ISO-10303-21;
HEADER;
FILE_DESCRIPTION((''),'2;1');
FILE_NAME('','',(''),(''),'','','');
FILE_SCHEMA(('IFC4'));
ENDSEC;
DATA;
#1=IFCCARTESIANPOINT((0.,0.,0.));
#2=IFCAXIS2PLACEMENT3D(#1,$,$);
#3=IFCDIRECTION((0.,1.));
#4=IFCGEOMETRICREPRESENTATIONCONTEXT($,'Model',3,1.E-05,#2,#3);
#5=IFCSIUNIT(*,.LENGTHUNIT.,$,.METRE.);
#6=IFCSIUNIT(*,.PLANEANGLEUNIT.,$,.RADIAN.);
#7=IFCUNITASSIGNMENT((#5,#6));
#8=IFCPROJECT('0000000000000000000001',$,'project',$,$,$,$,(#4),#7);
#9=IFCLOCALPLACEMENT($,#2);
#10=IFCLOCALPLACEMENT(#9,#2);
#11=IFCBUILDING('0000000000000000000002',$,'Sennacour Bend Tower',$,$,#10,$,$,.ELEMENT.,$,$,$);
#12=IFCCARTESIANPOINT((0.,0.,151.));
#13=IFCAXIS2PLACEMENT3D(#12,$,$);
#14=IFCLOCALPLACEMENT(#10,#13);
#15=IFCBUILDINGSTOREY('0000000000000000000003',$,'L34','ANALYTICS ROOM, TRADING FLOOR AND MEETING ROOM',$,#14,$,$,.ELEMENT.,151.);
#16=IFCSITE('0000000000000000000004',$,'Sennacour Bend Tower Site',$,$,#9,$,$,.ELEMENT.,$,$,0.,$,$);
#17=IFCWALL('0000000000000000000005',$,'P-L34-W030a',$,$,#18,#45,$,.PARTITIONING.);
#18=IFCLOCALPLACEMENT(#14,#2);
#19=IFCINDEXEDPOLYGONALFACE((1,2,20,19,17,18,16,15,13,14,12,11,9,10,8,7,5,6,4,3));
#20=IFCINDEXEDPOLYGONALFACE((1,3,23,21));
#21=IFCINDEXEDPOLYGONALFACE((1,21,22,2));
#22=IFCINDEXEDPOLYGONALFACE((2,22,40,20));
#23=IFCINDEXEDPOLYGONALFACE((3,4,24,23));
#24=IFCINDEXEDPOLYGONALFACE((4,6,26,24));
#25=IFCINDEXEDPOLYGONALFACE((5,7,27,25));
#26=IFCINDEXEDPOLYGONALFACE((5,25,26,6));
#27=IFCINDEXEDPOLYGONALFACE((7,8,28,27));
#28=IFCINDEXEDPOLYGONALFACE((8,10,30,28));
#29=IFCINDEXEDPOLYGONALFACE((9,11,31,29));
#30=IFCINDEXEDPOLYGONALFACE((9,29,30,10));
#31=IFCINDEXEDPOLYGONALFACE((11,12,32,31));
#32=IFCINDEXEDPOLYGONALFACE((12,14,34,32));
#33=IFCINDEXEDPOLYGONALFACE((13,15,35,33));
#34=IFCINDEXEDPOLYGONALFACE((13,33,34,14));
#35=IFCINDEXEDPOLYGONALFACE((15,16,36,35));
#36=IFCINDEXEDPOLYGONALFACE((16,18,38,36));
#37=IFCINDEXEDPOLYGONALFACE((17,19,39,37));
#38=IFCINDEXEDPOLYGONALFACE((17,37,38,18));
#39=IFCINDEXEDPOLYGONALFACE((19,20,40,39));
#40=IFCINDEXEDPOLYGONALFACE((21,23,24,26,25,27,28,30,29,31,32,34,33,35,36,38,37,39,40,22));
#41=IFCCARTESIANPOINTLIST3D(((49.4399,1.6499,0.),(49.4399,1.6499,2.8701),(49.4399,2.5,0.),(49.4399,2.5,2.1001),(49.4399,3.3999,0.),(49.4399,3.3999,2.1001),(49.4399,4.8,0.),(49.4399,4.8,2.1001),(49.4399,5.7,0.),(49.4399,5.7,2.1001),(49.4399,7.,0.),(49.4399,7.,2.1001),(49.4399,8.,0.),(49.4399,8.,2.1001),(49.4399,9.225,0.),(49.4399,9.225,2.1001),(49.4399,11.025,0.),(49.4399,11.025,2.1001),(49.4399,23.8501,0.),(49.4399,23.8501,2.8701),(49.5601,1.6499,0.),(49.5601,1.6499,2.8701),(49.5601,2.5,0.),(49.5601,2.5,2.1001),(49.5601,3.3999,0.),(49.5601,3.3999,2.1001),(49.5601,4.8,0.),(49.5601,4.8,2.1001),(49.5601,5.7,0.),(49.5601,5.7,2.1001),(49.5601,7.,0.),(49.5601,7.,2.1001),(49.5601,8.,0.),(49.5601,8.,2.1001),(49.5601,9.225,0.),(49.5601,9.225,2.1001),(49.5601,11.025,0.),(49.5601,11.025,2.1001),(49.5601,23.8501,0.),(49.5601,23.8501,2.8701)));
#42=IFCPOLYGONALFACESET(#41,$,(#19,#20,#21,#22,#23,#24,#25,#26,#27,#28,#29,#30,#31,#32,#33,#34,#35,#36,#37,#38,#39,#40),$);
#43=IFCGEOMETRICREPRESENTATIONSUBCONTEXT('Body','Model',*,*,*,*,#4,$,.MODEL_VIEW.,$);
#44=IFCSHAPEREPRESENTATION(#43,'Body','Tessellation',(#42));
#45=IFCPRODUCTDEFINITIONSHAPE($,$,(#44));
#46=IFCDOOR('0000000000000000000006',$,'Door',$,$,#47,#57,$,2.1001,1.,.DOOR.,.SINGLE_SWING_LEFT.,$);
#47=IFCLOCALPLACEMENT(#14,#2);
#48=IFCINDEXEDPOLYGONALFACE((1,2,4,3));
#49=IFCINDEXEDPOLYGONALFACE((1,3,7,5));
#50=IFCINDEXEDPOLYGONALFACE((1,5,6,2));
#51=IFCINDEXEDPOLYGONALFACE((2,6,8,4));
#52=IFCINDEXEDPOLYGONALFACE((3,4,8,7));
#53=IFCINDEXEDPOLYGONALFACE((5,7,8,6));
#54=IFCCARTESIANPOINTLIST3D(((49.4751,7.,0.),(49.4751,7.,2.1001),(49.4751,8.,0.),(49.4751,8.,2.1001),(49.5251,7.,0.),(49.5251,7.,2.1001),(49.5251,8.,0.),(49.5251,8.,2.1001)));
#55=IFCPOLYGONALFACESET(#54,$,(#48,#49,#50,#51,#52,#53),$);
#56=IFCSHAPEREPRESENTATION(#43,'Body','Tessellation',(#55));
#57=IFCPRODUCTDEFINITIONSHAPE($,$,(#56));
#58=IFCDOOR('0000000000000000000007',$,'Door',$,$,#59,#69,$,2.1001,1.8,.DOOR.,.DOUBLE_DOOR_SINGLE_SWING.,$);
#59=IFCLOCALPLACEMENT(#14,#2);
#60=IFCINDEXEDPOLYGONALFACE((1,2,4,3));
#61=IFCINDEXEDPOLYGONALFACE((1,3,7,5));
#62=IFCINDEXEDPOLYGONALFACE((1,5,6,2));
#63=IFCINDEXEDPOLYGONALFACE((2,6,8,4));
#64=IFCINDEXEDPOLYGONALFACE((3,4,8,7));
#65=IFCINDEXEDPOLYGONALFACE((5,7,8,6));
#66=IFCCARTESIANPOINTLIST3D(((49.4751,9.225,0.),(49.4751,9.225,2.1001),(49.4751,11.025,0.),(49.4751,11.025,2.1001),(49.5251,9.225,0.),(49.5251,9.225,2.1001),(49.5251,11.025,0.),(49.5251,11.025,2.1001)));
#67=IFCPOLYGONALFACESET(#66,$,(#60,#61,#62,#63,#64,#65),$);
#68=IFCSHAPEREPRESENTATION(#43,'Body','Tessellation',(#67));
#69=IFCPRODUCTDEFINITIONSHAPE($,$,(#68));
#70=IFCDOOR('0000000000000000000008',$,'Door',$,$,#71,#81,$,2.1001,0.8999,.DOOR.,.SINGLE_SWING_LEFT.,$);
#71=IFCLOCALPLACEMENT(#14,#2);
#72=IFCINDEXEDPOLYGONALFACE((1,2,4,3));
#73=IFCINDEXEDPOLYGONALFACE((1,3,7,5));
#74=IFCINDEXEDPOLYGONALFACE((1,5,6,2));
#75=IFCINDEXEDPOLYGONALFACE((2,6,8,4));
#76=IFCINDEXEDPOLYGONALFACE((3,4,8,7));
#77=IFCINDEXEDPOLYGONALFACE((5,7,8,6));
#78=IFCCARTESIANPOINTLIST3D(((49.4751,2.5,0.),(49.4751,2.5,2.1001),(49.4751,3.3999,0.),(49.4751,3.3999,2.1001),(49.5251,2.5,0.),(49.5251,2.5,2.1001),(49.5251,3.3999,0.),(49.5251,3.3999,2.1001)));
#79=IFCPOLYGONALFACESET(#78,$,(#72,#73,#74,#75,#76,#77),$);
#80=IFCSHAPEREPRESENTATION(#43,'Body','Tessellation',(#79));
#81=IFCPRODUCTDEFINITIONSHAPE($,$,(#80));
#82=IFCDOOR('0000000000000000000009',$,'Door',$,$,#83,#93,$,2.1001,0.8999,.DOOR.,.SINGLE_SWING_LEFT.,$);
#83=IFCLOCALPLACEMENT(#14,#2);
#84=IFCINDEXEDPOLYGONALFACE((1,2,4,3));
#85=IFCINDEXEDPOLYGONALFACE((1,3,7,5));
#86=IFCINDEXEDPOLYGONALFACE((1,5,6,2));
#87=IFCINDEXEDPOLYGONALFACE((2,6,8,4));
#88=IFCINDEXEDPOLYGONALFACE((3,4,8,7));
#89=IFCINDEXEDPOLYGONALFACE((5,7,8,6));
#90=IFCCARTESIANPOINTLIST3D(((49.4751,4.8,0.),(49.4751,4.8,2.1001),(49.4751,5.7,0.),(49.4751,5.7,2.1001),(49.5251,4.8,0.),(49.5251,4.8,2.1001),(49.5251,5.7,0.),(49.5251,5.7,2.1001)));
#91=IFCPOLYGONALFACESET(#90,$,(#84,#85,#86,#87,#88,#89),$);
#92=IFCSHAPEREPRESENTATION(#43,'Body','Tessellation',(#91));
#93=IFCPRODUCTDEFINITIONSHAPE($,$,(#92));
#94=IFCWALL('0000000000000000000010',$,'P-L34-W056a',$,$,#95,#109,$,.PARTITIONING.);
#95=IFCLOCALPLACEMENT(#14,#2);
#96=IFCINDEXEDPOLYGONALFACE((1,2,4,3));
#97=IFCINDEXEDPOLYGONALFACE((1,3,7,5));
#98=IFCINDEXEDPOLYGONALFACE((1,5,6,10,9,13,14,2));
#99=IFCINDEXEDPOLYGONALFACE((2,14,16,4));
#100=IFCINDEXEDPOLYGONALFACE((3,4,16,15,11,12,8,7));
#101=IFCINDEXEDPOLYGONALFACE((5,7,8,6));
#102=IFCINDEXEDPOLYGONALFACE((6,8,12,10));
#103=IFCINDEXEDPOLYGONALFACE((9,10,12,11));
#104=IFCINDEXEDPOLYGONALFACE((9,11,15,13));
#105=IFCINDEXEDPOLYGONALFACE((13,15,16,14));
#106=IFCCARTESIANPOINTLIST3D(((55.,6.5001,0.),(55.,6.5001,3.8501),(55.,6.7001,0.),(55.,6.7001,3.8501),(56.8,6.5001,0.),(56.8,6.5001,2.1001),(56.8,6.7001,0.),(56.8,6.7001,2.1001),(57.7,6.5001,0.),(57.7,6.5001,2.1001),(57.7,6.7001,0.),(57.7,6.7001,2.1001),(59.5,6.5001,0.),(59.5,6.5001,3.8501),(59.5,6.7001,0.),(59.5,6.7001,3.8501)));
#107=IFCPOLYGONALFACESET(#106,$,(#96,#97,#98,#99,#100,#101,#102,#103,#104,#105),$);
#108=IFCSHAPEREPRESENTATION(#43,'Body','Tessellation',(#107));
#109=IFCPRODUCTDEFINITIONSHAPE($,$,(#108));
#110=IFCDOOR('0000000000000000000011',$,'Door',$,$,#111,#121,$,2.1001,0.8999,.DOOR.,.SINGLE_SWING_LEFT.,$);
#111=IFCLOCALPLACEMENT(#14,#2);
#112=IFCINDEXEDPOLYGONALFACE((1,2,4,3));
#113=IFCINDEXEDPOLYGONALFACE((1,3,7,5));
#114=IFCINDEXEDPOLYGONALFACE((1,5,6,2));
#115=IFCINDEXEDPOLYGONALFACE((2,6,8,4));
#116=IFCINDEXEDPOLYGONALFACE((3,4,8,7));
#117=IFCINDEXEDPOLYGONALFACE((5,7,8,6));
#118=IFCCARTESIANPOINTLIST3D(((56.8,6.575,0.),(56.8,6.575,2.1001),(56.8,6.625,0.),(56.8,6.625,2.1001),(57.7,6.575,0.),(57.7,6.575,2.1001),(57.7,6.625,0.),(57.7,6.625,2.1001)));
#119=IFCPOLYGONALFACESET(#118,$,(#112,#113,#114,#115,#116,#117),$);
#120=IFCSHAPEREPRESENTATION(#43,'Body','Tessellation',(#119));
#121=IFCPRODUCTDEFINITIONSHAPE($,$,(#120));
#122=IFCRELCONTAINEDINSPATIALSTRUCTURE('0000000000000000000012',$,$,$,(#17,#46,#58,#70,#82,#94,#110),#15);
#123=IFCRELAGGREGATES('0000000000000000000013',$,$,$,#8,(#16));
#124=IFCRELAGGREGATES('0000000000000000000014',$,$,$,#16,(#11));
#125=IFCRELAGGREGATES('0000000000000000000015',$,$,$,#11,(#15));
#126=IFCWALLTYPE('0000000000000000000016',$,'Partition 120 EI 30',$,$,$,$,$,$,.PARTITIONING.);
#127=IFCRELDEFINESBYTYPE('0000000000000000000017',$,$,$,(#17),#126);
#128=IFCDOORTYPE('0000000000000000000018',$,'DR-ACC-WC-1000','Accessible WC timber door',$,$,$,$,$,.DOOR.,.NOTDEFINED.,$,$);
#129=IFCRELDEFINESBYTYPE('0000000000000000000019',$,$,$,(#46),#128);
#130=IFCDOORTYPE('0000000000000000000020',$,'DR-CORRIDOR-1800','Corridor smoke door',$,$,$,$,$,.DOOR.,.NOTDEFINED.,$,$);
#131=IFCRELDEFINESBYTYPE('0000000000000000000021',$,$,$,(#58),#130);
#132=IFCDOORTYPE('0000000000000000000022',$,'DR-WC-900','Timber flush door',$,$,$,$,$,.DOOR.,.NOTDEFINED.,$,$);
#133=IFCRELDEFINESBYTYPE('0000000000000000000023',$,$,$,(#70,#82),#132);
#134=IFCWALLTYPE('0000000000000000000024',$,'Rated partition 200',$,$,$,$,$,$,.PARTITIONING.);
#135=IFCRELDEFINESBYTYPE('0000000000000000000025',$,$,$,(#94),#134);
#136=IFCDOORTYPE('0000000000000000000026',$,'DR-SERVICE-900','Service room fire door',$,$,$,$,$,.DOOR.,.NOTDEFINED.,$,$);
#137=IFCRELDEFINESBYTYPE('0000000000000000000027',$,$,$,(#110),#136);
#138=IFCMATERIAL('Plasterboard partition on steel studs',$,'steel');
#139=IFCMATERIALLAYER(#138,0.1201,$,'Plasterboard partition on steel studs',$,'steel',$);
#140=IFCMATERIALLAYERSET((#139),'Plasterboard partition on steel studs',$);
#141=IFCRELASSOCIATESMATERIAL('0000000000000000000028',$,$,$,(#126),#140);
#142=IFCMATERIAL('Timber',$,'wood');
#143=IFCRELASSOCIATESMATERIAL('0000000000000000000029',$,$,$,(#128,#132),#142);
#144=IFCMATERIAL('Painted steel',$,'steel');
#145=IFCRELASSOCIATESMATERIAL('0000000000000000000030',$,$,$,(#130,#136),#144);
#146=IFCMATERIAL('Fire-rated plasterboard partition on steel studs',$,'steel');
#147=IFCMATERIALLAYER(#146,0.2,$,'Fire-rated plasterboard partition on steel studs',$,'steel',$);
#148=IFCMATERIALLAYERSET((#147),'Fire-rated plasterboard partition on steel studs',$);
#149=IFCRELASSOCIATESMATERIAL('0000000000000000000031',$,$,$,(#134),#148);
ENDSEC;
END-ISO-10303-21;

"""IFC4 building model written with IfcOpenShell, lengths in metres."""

from ifc_helpers import new_model, si_unit, direction, frame, frame_2d, origin, place, context, subcontext, project, spatial, rectangle, extrude, material, layer, layer_set, type_object, element, fill, save


model = new_model("IFC4")

# Units and contexts
model_context = context("Model", 3, precision=1e-05, world=origin(), true_north=direction((0.0, 1.0)))
body_context = subcontext(model_context, "Body", "Model", "MODEL_VIEW")
ifc_project = project(units=[si_unit("LENGTHUNIT", "METRE"), si_unit("PLANEANGLEUNIT", "RADIAN")], contexts=[model_context])

# Site, building, storey
site_placement = place(None, origin())
site = spatial("IfcSite", under=ifc_project, at=site_placement, Name="Sennacour Bend Tower Site", CompositionType="ELEMENT", RefElevation=0.0)
building_placement = place(site_placement, origin())
building = spatial("IfcBuilding", under=site, at=building_placement, Name="Sennacour Bend Tower", CompositionType="ELEMENT")
storey_placement = place(building_placement, frame((0.0, 0.0, 151.0)))
storey = spatial("IfcBuildingStorey", under=building, at=storey_placement, Name="L34", Description="ANALYTICS ROOM, TRADING FLOOR AND MEETING ROOM", CompositionType="ELEMENT", Elevation=151.0)

# Shared definitions
ifc_material_1 = material(Name="Painted steel", Category="steel")

# Shared definitions
ifc_material_2 = material(Name="Plasterboard partition on steel studs", Category="steel")

# Wall, openings, doors
ifc_layer_1 = layer(ifc_material_2, 0.1201, Name="Plasterboard partition on steel studs", Category="steel")
ifc_layer_set_1 = layer_set([ifc_layer_1], Name="Plasterboard partition on steel studs")
wall_type_1 = type_object("IfcWallType", Name="Partition 120 EI 30", PredefinedType="PARTITIONING", material=ifc_layer_set_1)
wall_1_placement = place(storey_placement, frame((49.5, 1.6499, 0.0), z_axis=(0.0, 0.0, 1.0), x_axis=(0.0, 1.0, 0.0)))
wall_1 = element("IfcWall", 1, at=wall_1_placement, inside=storey, type_object=wall_type_1, Name="P-L34-W030a", PredefinedType="PARTITIONING", context=body_context, shape_type="SweptSolid", body=[
    extrude(rectangle(XDim=22.2002, YDim=0.1201, at=frame_2d((11.1001, 0.0))), origin(), (0.0, 0.0, 1.0), 2.8701),
])
opening_1_placement = place(wall_1_placement, frame((7.5752, 0.0, 0.0)))
opening_1 = element("IfcOpeningElement", 2, at=opening_1_placement, cuts=wall_1, PredefinedType="OPENING", context=body_context, shape_type="SweptSolid", body=[
    extrude(rectangle(XDim=1.8, YDim=2.1001, at=frame_2d((0.8999, 1.05))), frame((0.0, 0.0701, 0.0), z_axis=(0.0, -1.0, 0.0), x_axis=(1.0, 0.0, 0.0)), (0.0, 0.0, 1.0), 0.1401),
])
opening_2_placement = place(wall_1_placement, frame((0.8501, 0.0, 0.0)))
opening_2 = element("IfcOpeningElement", 3, at=opening_2_placement, cuts=wall_1, PredefinedType="OPENING", context=body_context, shape_type="SweptSolid", body=[
    extrude(rectangle(XDim=0.8999, YDim=2.1001, at=frame_2d((0.45, 1.05))), frame((0.0, 0.0701, 0.0), z_axis=(0.0, -1.0, 0.0), x_axis=(1.0, 0.0, 0.0)), (0.0, 0.0, 1.0), 0.1401),
])
opening_3_placement = place(wall_1_placement, frame((3.1501, 0.0, 0.0)))
opening_3 = element("IfcOpeningElement", 4, at=opening_3_placement, cuts=wall_1, PredefinedType="OPENING", context=body_context, shape_type="SweptSolid", body=[
    extrude(rectangle(XDim=0.8999, YDim=2.1001, at=frame_2d((0.45, 1.05))), frame((0.0, 0.0701, 0.0), z_axis=(0.0, -1.0, 0.0), x_axis=(1.0, 0.0, 0.0)), (0.0, 0.0, 1.0), 0.1401),
])
opening_4_placement = place(wall_1_placement, frame((5.3501, 0.0, 0.0)))
opening_4 = element("IfcOpeningElement", 5, at=opening_4_placement, cuts=wall_1, PredefinedType="OPENING", context=body_context, shape_type="SweptSolid", body=[
    extrude(rectangle(XDim=1.0, YDim=2.1001, at=frame_2d((0.5, 1.05))), frame((0.0, 0.0701, 0.0), z_axis=(0.0, -1.0, 0.0), x_axis=(1.0, 0.0, 0.0)), (0.0, 0.0, 1.0), 0.1401),
])
ifc_material_3 = material(Name="Timber", Category="wood")
door_type_1 = type_object("IfcDoorType", Name="DR-ACC-WC-1000", Description="Accessible WC timber door", OperationType="NOTDEFINED", PredefinedType="DOOR", material=ifc_material_3)
door_1_placement = place(opening_4_placement, origin())
door_1 = element("IfcDoor", 6, at=door_1_placement, inside=storey, type_object=door_type_1, Name="Door", OperationType="SINGLE_SWING_LEFT", OverallHeight=2.1001, OverallWidth=1.0, PredefinedType="DOOR", context=body_context, shape_type="SweptSolid", body=[
    extrude(rectangle(XDim=1.0, YDim=2.1001, at=frame_2d((0.5, 1.05))), frame((0.0, 0.0249, 0.0), z_axis=(0.0, -1.0, 0.0), x_axis=(1.0, 0.0, 0.0)), (0.0, 0.0, 1.0), 0.05),
])
fill(opening_4, door_1)
door_type_2 = type_object("IfcDoorType", Name="DR-CORRIDOR-1800", Description="Corridor smoke door", OperationType="NOTDEFINED", PredefinedType="DOOR", material=ifc_material_1)
door_2_placement = place(opening_1_placement, origin())
door_2 = element("IfcDoor", 7, at=door_2_placement, inside=storey, type_object=door_type_2, Name="Door", OperationType="DOUBLE_DOOR_SINGLE_SWING", OverallHeight=2.1001, OverallWidth=1.8, PredefinedType="DOOR", context=body_context, shape_type="SweptSolid", body=[
    extrude(rectangle(XDim=1.8, YDim=2.1001, at=frame_2d((0.8999, 1.05))), frame((0.0, 0.0249, 0.0), z_axis=(0.0, -1.0, 0.0), x_axis=(1.0, 0.0, 0.0)), (0.0, 0.0, 1.0), 0.05),
])
fill(opening_1, door_2)
door_type_3 = type_object("IfcDoorType", Name="DR-WC-900", Description="Timber flush door", OperationType="NOTDEFINED", PredefinedType="DOOR", material=ifc_material_3)
door_3_placement = place(opening_2_placement, origin())
door_3 = element("IfcDoor", 8, at=door_3_placement, inside=storey, type_object=door_type_3, Name="Door", OperationType="SINGLE_SWING_LEFT", OverallHeight=2.1001, OverallWidth=0.8999, PredefinedType="DOOR", context=body_context, shape_type="SweptSolid", body=[
    extrude(rectangle(XDim=0.8999, YDim=2.1001, at=frame_2d((0.45, 1.05))), frame((0.0, 0.0249, 0.0), z_axis=(0.0, -1.0, 0.0), x_axis=(1.0, 0.0, 0.0)), (0.0, 0.0, 1.0), 0.05),
])
fill(opening_2, door_3)
door_4_placement = place(opening_3_placement, origin())
door_4 = element("IfcDoor", 9, at=door_4_placement, inside=storey, type_object=door_type_3, Name="Door", OperationType="SINGLE_SWING_LEFT", OverallHeight=2.1001, OverallWidth=0.8999, PredefinedType="DOOR", context=body_context, shape_type="SweptSolid", body=[
    extrude(rectangle(XDim=0.8999, YDim=2.1001, at=frame_2d((0.45, 1.05))), frame((0.0, 0.0249, 0.0), z_axis=(0.0, -1.0, 0.0), x_axis=(1.0, 0.0, 0.0)), (0.0, 0.0, 1.0), 0.05),
])
fill(opening_3, door_4)

# Wall, opening, door
ifc_material_4 = material(Name="Fire-rated plasterboard partition on steel studs", Category="steel")
ifc_layer_2 = layer(ifc_material_4, 0.2, Name="Fire-rated plasterboard partition on steel studs", Category="steel")
ifc_layer_set_2 = layer_set([ifc_layer_2], Name="Fire-rated plasterboard partition on steel studs")
wall_type_2 = type_object("IfcWallType", Name="Rated partition 200", PredefinedType="PARTITIONING", material=ifc_layer_set_2)
wall_2_placement = place(storey_placement, frame((55.0, 6.6001, 0.0), z_axis=(0.0, 0.0, 1.0), x_axis=(1.0, 0.0, 0.0)))
wall_2 = element("IfcWall", 10, at=wall_2_placement, inside=storey, type_object=wall_type_2, Name="P-L34-W056a", PredefinedType="PARTITIONING", context=body_context, shape_type="SweptSolid", body=[
    extrude(rectangle(XDim=4.5, YDim=0.2, at=frame_2d((2.25, 0.0))), origin(), (0.0, 0.0, 1.0), 3.8501),
])
opening_5_placement = place(wall_2_placement, frame((1.8, 0.0, 0.0)))
opening_5 = element("IfcOpeningElement", 11, at=opening_5_placement, cuts=wall_2, PredefinedType="OPENING", context=body_context, shape_type="SweptSolid", body=[
    extrude(rectangle(XDim=0.8999, YDim=2.1001, at=frame_2d((0.45, 1.05))), frame((0.0, 0.1099, 0.0), z_axis=(0.0, -1.0, 0.0), x_axis=(1.0, 0.0, 0.0)), (0.0, 0.0, 1.0), 0.22),
])
door_type_4 = type_object("IfcDoorType", Name="DR-SERVICE-900", Description="Service room fire door", OperationType="NOTDEFINED", PredefinedType="DOOR", material=ifc_material_1)
door_5_placement = place(opening_5_placement, origin())
door_5 = element("IfcDoor", 12, at=door_5_placement, inside=storey, type_object=door_type_4, Name="Door", OperationType="SINGLE_SWING_LEFT", OverallHeight=2.1001, OverallWidth=0.8999, PredefinedType="DOOR", context=body_context, shape_type="SweptSolid", body=[
    extrude(rectangle(XDim=0.8999, YDim=2.1001, at=frame_2d((0.45, 1.05))), frame((0.0, 0.0249, 0.0), z_axis=(0.0, -1.0, 0.0), x_axis=(1.0, 0.0, 0.0)), (0.0, 0.0, 1.0), 0.05),
])
fill(opening_5, door_5)

save(model, "model.ifc")
